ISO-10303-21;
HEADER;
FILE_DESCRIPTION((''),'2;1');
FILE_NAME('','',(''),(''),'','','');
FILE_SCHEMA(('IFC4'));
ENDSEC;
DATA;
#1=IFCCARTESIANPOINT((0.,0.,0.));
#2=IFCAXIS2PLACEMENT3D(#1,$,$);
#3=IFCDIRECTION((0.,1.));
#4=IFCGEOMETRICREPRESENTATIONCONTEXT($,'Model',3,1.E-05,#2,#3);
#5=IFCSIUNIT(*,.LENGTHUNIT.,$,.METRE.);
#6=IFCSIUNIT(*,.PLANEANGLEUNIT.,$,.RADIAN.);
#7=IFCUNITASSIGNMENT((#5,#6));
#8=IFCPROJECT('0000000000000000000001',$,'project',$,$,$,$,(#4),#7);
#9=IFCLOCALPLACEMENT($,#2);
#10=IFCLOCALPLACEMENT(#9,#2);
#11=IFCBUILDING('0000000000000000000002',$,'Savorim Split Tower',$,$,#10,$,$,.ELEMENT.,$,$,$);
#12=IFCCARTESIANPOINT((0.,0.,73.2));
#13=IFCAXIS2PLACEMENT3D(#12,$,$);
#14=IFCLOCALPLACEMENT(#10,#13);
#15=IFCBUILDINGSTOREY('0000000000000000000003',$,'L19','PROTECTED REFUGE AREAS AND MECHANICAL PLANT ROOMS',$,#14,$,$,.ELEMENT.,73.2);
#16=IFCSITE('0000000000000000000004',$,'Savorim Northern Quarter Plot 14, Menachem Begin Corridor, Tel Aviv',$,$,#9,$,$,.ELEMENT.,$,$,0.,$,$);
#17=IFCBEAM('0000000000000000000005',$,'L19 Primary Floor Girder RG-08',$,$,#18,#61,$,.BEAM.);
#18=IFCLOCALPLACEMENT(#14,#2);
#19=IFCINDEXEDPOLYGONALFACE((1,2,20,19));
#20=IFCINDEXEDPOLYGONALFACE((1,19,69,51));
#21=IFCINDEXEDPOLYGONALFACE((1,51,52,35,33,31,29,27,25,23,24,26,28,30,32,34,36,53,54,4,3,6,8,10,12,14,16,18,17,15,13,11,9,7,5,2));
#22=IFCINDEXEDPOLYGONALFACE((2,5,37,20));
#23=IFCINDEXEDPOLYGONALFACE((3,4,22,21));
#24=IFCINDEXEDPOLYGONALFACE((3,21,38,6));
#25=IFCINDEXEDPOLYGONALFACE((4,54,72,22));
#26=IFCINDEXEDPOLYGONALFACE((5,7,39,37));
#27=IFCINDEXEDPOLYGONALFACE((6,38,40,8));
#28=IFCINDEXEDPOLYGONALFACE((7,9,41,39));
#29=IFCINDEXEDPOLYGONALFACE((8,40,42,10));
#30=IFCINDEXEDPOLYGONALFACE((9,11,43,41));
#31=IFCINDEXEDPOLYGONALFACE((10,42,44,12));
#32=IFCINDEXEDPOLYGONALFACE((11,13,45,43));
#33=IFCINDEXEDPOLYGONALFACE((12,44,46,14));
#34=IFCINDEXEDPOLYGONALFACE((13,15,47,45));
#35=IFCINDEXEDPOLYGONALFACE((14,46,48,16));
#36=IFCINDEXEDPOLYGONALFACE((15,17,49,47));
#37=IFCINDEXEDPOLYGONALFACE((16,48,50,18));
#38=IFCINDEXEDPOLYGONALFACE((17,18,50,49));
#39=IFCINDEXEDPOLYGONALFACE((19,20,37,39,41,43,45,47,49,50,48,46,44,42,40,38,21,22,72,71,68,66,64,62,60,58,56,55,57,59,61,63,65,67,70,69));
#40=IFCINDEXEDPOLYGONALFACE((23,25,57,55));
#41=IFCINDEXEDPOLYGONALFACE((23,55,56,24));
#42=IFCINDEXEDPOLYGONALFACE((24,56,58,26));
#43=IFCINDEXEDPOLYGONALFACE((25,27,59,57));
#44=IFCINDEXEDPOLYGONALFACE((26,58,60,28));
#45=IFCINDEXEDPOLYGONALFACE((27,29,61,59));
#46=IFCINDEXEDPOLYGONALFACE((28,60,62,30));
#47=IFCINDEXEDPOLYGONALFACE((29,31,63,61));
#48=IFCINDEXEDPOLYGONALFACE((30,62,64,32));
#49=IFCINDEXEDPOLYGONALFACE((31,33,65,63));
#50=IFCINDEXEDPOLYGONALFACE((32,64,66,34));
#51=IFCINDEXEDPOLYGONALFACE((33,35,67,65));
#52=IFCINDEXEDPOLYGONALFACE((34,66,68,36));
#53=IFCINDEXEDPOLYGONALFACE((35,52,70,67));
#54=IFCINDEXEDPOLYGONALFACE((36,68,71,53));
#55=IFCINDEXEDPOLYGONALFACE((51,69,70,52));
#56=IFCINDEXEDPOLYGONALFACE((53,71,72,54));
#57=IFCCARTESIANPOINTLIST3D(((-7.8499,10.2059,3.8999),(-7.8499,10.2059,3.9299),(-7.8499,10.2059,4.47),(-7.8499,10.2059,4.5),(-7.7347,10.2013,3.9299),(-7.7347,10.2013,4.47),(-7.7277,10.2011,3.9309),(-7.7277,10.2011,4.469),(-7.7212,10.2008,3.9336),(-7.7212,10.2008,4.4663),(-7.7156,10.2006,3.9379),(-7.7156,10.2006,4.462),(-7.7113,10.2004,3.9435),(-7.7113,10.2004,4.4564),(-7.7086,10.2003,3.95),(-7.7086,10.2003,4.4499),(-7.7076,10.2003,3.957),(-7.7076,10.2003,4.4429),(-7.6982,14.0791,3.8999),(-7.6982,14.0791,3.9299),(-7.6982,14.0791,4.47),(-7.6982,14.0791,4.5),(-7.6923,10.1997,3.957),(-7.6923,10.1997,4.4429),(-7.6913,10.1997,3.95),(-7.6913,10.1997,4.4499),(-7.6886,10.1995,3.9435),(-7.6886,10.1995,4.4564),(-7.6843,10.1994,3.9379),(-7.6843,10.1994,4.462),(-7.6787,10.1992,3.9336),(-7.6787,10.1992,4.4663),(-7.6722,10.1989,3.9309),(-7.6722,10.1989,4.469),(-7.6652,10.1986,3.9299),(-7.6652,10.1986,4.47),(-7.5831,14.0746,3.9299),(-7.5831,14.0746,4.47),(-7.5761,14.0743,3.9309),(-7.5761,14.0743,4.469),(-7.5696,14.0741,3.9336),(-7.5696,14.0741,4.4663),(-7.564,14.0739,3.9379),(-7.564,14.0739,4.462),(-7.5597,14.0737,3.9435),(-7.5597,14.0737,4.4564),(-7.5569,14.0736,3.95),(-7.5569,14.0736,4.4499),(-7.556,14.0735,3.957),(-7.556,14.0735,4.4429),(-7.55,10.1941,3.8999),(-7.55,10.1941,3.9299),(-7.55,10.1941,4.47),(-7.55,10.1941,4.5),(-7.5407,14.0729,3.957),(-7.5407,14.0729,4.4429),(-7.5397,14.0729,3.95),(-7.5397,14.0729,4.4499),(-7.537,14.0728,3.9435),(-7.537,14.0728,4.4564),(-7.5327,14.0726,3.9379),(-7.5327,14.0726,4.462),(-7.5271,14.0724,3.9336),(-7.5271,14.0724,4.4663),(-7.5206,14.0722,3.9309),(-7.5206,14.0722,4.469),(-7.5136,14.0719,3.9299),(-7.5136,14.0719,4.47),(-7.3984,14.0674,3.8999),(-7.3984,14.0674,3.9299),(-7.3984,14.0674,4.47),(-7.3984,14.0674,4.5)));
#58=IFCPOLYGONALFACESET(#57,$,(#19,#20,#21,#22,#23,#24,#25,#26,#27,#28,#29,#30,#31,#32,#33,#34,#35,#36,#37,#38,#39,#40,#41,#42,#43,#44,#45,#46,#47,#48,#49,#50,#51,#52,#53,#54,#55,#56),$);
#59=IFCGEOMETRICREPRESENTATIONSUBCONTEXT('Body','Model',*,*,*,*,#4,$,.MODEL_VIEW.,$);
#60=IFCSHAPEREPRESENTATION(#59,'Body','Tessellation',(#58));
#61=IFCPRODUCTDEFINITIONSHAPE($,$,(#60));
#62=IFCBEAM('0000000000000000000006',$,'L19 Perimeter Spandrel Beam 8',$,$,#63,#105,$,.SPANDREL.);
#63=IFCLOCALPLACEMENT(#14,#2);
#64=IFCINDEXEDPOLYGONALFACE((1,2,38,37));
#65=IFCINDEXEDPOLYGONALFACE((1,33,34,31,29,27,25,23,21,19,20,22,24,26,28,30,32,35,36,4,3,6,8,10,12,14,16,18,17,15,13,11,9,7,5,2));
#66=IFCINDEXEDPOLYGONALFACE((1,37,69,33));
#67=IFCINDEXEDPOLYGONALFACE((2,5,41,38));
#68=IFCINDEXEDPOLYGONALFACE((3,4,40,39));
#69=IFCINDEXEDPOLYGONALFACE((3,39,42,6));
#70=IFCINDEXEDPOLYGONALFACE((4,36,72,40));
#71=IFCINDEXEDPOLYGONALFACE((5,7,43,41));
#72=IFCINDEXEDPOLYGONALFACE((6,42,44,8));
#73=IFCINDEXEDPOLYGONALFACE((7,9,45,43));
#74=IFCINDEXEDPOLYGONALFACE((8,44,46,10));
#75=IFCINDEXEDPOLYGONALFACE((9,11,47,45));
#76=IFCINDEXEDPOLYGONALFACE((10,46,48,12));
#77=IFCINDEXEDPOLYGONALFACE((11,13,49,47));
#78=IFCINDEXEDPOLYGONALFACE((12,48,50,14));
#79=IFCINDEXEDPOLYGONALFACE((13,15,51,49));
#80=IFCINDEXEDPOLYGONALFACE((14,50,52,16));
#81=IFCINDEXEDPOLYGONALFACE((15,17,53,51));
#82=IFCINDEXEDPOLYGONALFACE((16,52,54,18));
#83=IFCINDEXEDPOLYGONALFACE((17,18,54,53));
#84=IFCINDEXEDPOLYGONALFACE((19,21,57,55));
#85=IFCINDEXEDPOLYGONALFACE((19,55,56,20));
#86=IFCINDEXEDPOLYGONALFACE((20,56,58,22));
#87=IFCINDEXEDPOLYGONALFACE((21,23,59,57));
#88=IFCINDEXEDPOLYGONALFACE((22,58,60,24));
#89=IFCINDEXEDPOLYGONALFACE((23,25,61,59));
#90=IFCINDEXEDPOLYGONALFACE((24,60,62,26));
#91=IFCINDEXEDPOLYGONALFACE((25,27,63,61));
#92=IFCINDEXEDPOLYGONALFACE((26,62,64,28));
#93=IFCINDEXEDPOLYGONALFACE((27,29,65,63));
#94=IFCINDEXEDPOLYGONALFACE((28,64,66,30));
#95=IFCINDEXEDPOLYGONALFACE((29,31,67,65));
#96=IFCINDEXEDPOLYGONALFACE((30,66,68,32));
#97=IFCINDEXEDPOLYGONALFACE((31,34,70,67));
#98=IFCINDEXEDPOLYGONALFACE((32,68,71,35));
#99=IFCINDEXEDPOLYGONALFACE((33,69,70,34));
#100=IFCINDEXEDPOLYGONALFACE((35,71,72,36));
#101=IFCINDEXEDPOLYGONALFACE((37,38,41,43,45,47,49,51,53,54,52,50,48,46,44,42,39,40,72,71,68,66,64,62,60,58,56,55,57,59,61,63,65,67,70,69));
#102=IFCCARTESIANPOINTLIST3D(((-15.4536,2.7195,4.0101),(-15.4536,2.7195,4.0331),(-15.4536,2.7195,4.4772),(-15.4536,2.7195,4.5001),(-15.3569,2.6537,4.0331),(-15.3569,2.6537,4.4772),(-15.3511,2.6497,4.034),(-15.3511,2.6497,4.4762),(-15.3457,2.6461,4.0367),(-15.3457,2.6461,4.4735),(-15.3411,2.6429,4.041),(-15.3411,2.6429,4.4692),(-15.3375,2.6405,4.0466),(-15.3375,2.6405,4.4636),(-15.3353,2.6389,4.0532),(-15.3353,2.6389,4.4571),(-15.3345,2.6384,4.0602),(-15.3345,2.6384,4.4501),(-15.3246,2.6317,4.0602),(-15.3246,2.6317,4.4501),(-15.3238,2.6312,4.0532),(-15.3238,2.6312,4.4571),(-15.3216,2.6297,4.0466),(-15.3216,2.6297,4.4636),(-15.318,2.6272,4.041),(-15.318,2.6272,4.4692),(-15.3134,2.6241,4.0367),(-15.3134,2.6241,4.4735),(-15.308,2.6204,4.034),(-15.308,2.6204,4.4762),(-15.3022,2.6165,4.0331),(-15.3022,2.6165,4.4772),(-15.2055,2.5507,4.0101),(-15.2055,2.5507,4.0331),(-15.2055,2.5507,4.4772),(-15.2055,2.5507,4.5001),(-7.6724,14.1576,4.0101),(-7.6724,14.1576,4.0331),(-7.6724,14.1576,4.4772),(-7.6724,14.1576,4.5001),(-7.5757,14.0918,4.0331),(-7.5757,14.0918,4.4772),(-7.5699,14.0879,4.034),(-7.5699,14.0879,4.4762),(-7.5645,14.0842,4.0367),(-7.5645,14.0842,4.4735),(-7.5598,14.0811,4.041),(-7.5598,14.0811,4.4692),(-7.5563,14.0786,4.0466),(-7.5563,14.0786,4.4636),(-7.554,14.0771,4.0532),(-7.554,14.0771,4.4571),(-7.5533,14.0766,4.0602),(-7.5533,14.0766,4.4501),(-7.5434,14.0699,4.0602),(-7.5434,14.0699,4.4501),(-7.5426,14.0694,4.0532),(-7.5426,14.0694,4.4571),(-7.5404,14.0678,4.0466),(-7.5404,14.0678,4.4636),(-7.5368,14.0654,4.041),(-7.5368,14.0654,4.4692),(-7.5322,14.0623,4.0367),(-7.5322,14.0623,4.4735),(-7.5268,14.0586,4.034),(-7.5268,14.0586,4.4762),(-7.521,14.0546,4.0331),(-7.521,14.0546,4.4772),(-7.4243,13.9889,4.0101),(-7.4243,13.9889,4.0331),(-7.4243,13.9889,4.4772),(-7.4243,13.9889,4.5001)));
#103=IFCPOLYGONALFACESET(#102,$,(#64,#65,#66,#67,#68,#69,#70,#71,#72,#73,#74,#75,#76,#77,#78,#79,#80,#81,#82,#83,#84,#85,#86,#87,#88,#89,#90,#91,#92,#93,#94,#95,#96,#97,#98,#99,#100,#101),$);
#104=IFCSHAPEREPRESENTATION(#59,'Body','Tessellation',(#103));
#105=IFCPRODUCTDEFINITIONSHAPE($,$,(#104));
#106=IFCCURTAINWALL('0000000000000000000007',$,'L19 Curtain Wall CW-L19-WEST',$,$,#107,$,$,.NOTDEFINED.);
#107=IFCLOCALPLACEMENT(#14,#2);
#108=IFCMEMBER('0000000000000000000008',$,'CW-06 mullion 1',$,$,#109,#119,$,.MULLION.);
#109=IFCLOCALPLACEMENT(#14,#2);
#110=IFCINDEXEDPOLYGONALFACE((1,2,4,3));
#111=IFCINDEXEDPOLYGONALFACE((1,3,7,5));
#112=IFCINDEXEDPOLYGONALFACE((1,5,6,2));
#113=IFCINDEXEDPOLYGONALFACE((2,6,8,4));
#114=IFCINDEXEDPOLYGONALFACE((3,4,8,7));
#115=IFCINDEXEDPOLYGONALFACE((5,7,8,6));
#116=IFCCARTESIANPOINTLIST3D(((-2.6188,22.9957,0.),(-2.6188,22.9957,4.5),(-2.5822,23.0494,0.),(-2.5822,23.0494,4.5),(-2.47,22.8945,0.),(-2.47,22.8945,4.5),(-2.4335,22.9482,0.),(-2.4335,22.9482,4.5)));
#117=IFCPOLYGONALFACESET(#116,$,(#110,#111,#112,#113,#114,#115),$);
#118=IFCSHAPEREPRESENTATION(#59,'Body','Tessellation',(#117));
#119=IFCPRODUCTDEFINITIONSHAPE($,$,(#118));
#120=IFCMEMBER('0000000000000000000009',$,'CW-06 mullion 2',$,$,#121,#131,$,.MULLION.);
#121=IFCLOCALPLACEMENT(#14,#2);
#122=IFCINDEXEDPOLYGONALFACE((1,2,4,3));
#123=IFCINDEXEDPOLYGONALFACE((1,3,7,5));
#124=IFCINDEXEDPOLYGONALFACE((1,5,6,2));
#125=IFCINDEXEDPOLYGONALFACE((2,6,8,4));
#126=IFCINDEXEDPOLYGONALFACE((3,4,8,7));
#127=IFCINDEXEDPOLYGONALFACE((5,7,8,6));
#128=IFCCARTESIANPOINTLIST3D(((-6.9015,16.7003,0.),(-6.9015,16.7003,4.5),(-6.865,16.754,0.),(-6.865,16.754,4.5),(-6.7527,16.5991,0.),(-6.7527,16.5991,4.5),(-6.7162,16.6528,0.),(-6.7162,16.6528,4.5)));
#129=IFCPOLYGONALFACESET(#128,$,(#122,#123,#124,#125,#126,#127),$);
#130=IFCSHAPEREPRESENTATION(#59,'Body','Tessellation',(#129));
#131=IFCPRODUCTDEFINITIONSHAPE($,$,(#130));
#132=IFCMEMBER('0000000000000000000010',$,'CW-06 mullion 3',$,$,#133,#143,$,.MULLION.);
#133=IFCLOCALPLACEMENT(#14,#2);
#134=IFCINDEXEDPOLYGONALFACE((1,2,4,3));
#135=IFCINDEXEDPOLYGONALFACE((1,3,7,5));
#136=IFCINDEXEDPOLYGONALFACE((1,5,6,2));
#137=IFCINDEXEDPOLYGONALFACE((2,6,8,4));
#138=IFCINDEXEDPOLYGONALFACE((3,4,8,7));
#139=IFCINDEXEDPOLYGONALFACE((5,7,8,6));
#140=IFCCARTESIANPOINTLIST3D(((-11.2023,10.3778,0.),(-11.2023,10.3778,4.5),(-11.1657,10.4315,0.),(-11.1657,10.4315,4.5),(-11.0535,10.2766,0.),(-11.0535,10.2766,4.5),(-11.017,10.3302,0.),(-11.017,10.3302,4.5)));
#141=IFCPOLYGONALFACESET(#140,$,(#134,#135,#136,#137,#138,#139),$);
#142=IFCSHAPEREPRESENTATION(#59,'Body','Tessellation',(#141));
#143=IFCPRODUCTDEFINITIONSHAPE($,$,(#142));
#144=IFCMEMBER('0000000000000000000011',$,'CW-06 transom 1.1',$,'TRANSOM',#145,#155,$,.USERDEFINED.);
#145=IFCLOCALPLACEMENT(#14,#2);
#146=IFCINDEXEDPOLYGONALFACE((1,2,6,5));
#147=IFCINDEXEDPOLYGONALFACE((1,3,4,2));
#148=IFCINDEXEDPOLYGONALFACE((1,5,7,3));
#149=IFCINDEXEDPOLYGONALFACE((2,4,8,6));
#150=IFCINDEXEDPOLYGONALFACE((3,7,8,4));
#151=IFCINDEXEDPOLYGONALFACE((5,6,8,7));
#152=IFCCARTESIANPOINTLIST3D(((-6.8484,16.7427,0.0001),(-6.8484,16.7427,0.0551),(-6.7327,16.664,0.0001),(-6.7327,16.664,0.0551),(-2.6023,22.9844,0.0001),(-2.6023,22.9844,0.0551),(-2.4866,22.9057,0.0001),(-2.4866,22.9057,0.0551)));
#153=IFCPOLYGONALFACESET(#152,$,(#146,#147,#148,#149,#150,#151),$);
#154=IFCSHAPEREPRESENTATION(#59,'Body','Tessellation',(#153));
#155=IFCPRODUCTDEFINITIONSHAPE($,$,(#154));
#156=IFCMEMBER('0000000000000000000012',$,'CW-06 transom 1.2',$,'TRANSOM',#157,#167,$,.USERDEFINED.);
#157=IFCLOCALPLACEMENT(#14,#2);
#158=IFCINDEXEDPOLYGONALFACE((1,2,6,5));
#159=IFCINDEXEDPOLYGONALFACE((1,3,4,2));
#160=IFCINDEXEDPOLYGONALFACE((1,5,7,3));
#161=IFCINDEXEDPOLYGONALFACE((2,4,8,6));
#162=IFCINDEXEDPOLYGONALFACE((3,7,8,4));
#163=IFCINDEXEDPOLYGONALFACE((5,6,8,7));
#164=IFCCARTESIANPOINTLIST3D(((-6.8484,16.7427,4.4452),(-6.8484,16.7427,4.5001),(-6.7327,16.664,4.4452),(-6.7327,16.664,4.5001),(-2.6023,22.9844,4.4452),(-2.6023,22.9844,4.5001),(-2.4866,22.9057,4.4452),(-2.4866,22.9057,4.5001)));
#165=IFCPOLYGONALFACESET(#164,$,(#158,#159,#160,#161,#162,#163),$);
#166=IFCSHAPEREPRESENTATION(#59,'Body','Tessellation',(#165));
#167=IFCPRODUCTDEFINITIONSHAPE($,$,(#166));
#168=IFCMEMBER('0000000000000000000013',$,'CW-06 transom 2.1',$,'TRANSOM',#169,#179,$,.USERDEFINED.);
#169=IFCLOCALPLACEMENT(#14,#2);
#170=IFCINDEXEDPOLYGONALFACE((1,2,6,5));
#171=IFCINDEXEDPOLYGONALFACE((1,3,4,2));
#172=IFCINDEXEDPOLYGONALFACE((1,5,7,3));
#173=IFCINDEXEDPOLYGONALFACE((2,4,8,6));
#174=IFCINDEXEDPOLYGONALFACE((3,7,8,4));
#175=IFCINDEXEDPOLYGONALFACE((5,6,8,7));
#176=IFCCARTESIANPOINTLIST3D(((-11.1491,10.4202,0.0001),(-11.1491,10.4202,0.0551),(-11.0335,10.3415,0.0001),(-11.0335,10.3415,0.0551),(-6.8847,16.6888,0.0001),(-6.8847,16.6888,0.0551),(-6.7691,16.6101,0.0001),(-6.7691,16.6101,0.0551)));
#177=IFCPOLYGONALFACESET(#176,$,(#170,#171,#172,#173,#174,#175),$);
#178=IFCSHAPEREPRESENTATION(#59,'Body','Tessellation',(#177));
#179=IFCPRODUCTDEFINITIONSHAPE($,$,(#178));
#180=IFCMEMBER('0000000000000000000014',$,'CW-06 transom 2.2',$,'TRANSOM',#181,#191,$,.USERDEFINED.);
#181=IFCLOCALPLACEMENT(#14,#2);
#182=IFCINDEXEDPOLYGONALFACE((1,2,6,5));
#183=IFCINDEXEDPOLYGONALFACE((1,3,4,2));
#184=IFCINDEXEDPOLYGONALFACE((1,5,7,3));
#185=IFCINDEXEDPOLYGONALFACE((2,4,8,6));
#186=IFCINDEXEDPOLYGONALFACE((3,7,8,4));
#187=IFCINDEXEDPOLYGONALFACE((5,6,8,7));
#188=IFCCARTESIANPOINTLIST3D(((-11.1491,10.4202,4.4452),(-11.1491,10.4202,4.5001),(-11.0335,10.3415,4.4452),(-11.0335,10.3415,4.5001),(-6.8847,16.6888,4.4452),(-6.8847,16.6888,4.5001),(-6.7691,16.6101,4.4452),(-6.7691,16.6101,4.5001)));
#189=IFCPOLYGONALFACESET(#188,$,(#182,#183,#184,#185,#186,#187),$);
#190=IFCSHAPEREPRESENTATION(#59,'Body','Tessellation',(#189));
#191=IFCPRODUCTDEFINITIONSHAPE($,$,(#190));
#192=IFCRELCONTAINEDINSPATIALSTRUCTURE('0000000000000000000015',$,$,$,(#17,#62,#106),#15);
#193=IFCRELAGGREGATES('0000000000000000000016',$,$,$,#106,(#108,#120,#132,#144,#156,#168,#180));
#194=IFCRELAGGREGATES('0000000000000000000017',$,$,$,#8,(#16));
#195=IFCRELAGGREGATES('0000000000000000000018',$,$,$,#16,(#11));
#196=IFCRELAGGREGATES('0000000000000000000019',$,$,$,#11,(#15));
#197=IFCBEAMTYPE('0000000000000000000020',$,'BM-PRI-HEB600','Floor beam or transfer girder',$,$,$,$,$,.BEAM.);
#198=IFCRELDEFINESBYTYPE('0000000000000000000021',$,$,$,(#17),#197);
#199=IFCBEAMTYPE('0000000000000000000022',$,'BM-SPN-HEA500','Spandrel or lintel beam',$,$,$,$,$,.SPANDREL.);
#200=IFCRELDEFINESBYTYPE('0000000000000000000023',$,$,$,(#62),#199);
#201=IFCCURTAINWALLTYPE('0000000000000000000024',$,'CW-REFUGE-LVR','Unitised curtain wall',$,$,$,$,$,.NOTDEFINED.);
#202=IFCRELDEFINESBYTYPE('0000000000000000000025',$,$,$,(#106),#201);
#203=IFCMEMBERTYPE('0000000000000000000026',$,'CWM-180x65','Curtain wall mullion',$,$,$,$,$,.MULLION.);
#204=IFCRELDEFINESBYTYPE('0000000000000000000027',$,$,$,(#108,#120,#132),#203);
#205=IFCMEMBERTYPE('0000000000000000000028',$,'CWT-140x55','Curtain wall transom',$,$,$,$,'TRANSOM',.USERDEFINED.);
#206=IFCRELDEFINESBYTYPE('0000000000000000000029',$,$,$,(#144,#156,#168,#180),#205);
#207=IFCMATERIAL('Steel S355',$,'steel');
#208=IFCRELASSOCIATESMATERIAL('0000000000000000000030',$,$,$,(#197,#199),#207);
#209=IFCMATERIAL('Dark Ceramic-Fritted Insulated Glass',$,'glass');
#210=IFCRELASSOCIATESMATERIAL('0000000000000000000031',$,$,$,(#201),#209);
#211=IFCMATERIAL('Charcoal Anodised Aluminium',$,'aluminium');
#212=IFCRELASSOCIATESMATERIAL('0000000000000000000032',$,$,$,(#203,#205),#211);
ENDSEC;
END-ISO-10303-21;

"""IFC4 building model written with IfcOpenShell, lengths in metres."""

from ifc_helpers import new_model, si_unit, direction, frame, origin, origin_2d, place, context, subcontext, project, spatial, rectangle, i_section, extrude, material, material_profile, profile_set, type_object, element, aggregate, save


model = new_model("IFC4")

# Units and contexts
model_context = context("Model", 3, precision=1e-05, world=origin(), true_north=direction((0.0, 1.0)))
body_context = subcontext(model_context, "Body", "Model", "MODEL_VIEW")
ifc_project = project(units=[si_unit("LENGTHUNIT", "METRE"), si_unit("PLANEANGLEUNIT", "RADIAN")], contexts=[model_context])

# Site, building, storey
site_placement = place(None, origin())
site = spatial("IfcSite", under=ifc_project, at=site_placement, Name="Savorim Northern Quarter Plot 14, Menachem Begin Corridor, Tel Aviv", CompositionType="ELEMENT", RefElevation=0.0)
building_placement = place(site_placement, origin())
building = spatial("IfcBuilding", under=site, at=building_placement, Name="Savorim Split Tower", CompositionType="ELEMENT")
storey_placement = place(building_placement, frame((0.0, 0.0, 73.2)))
storey = spatial("IfcBuildingStorey", under=building, at=storey_placement, Name="L19", Description="PROTECTED REFUGE AREAS AND MECHANICAL PLANT ROOMS", CompositionType="ELEMENT", Elevation=73.2)

# Beams
ifc_material_1 = material(Name="Steel S355", Category="steel")
ifc_material_profile_1 = material_profile(ifc_material_1, i_section(OverallWidth=0.3, OverallDepth=0.6001, WebThickness=0.0154, FlangeThickness=0.03, FilletRadius=0.0271, at=origin_2d()), Name="HEB 600")
ifc_profile_set_1 = profile_set([ifc_material_profile_1], Name="Steel S355")
beam_type_1 = type_object("IfcBeamType", Name="BM-PRI-HEB600", Description="Floor beam or transfer girder", PredefinedType="BEAM", material=ifc_profile_set_1)
beam_1_placement = place(storey_placement, frame((-7.5483, 14.0732, 4.2), z_axis=(-0.039113, -0.999235, 0.0), x_axis=(0.999235, -0.039113, 0.0)))
element("IfcBeam", 1, at=beam_1_placement, inside=storey, type_object=beam_type_1, Name="L19 Primary Floor Girder RG-08", PredefinedType="BEAM", context=body_context, shape_type="SweptSolid", body=[
    extrude(i_section(OverallWidth=0.3, OverallDepth=0.6001, WebThickness=0.0154, FlangeThickness=0.03, FilletRadius=0.0271, at=origin_2d()), origin(), (0.0, 0.0, 1.0), 3.8762),
])
ifc_material_profile_2 = material_profile(ifc_material_1, i_section(OverallWidth=0.3, OverallDepth=0.49, WebThickness=0.012, FlangeThickness=0.0229, FilletRadius=0.0271, at=origin_2d()), Name="HEA 500")
ifc_profile_set_2 = profile_set([ifc_material_profile_2], Name="Steel S355")
beam_type_2 = type_object("IfcBeamType", Name="BM-SPN-HEA500", Description="Spandrel or lintel beam", PredefinedType="SPANDREL", material=ifc_profile_set_2)
beam_2_placement = place(storey_placement, frame((-7.5483, 14.0732, 4.2551), z_axis=(-0.562471, -0.826817, 0.0), x_axis=(0.826817, -0.562471, 0.0)))
element("IfcBeam", 2, at=beam_2_placement, inside=storey, type_object=beam_type_2, Name="L19 Perimeter Spandrel Beam 8", PredefinedType="SPANDREL", context=body_context, shape_type="SweptSolid", body=[
    extrude(i_section(OverallWidth=0.3, OverallDepth=0.49, WebThickness=0.012, FlangeThickness=0.0229, FilletRadius=0.0271, at=origin_2d()), origin(), (0.0, 0.0, 1.0), 13.834),
])

# Curtain wall, members
ifc_material_2 = material(Name="Dark Ceramic-Fritted Insulated Glass", Category="glass")
curtain_wall_type = type_object("IfcCurtainWallType", Name="CW-REFUGE-LVR", Description="Unitised curtain wall", PredefinedType="NOTDEFINED", material=ifc_material_2)
curtain_wall_placement = place(storey_placement, origin())
curtain_wall = element("IfcCurtainWall", 3, at=curtain_wall_placement, inside=storey, type_object=curtain_wall_type, Name="L19 Curtain Wall CW-L19-WEST", PredefinedType="NOTDEFINED")
ifc_material_3 = material(Name="Charcoal Anodised Aluminium", Category="aluminium")
ifc_material_profile_3 = material_profile(ifc_material_3, rectangle(XDim=0.1799, YDim=0.0649, at=origin_2d()), Name="ALU-M 180x65")
ifc_profile_set_3 = profile_set([ifc_material_profile_3], Name="Charcoal Anodised Aluminium")
member_type_1 = type_object("IfcMemberType", Name="CWM-180x65", Description="Curtain wall mullion", PredefinedType="MULLION", material=ifc_profile_set_3)
member_1_placement = place(storey_placement, frame((-2.5261, 22.9719, 0.0), z_axis=(0.0, 0.0, 1.0), x_axis=(0.82682, -0.562467, 0.0)))
member_1 = element("IfcMember", 4, at=member_1_placement, type_object=member_type_1, Name="CW-06 mullion 1", PredefinedType="MULLION", context=body_context, shape_type="SweptSolid", body=[
    extrude(rectangle(XDim=0.1799, YDim=0.0649, at=origin_2d()), origin(), (0.0, 0.0, 1.0), 4.5),
])
member_2_placement = place(storey_placement, frame((-6.8088, 16.6765, 0.0), z_axis=(0.0, 0.0, 1.0), x_axis=(0.82682, -0.562467, 0.0)))
member_2 = element("IfcMember", 5, at=member_2_placement, type_object=member_type_1, Name="CW-06 mullion 2", PredefinedType="MULLION", context=body_context, shape_type="SweptSolid", body=[
    extrude(rectangle(XDim=0.1799, YDim=0.0649, at=origin_2d()), origin(), (0.0, 0.0, 1.0), 4.5),
])
member_3_placement = place(storey_placement, frame((-11.1096, 10.354, 0.0), z_axis=(0.0, 0.0, 1.0), x_axis=(0.82682, -0.562467, 0.0)))
member_3 = element("IfcMember", 6, at=member_3_placement, type_object=member_type_1, Name="CW-06 mullion 3", PredefinedType="MULLION", context=body_context, shape_type="SweptSolid", body=[
    extrude(rectangle(XDim=0.1799, YDim=0.0649, at=origin_2d()), origin(), (0.0, 0.0, 1.0), 4.5),
])
ifc_material_profile_4 = material_profile(ifc_material_3, rectangle(XDim=0.1399, YDim=0.0549, at=origin_2d()), Name="ALU-T 140x55")
ifc_profile_set_4 = profile_set([ifc_material_profile_4], Name="Charcoal Anodised Aluminium")
member_type_2 = type_object("IfcMemberType", Name="CWT-140x55", Description="Curtain wall transom", ElementType="TRANSOM", PredefinedType="USERDEFINED", material=ifc_profile_set_4)
member_4_placement = place(storey_placement, frame((-2.5444, 22.9451, 0.0276), z_axis=(-0.562467, -0.826819, 0.0), x_axis=(0.826819, -0.562467, 0.0)))
member_4 = element("IfcMember", 7, at=member_4_placement, type_object=member_type_2, Name="CW-06 transom 1.1", ObjectType="TRANSOM", PredefinedType="USERDEFINED", context=body_context, shape_type="SweptSolid", body=[
    extrude(rectangle(XDim=0.1399, YDim=0.0549, at=origin_2d()), origin(), (0.0, 0.0, 1.0), 7.5491),
])
member_5_placement = place(storey_placement, frame((-2.5444, 22.9451, 4.4727), z_axis=(-0.562467, -0.826819, 0.0), x_axis=(0.826819, -0.562467, 0.0)))
member_5 = element("IfcMember", 8, at=member_5_placement, type_object=member_type_2, Name="CW-06 transom 1.2", ObjectType="TRANSOM", PredefinedType="USERDEFINED", context=body_context, shape_type="SweptSolid", body=[
    extrude(rectangle(XDim=0.1399, YDim=0.0549, at=origin_2d()), origin(), (0.0, 0.0, 1.0), 7.5491),
])
member_6_placement = place(storey_placement, frame((-6.8269, 16.6494, 0.0276), z_axis=(-0.562471, -0.826817, 0.0), x_axis=(0.826817, -0.562471, 0.0)))
member_6 = element("IfcMember", 9, at=member_6_placement, type_object=member_type_2, Name="CW-06 transom 2.1", ObjectType="TRANSOM", PredefinedType="USERDEFINED", context=body_context, shape_type="SweptSolid", body=[
    extrude(rectangle(XDim=0.1399, YDim=0.0549, at=origin_2d()), origin(), (0.0, 0.0, 1.0), 7.5815),
])
member_7_placement = place(storey_placement, frame((-6.8269, 16.6494, 4.4727), z_axis=(-0.562471, -0.826817, 0.0), x_axis=(0.826817, -0.562471, 0.0)))
member_7 = element("IfcMember", 10, at=member_7_placement, type_object=member_type_2, Name="CW-06 transom 2.2", ObjectType="TRANSOM", PredefinedType="USERDEFINED", context=body_context, shape_type="SweptSolid", body=[
    extrude(rectangle(XDim=0.1399, YDim=0.0549, at=origin_2d()), origin(), (0.0, 0.0, 1.0), 7.5815),
])

aggregate(curtain_wall, [member_1, member_2, member_3, member_4, member_5, member_6, member_7])

save(model, "model.ifc")
